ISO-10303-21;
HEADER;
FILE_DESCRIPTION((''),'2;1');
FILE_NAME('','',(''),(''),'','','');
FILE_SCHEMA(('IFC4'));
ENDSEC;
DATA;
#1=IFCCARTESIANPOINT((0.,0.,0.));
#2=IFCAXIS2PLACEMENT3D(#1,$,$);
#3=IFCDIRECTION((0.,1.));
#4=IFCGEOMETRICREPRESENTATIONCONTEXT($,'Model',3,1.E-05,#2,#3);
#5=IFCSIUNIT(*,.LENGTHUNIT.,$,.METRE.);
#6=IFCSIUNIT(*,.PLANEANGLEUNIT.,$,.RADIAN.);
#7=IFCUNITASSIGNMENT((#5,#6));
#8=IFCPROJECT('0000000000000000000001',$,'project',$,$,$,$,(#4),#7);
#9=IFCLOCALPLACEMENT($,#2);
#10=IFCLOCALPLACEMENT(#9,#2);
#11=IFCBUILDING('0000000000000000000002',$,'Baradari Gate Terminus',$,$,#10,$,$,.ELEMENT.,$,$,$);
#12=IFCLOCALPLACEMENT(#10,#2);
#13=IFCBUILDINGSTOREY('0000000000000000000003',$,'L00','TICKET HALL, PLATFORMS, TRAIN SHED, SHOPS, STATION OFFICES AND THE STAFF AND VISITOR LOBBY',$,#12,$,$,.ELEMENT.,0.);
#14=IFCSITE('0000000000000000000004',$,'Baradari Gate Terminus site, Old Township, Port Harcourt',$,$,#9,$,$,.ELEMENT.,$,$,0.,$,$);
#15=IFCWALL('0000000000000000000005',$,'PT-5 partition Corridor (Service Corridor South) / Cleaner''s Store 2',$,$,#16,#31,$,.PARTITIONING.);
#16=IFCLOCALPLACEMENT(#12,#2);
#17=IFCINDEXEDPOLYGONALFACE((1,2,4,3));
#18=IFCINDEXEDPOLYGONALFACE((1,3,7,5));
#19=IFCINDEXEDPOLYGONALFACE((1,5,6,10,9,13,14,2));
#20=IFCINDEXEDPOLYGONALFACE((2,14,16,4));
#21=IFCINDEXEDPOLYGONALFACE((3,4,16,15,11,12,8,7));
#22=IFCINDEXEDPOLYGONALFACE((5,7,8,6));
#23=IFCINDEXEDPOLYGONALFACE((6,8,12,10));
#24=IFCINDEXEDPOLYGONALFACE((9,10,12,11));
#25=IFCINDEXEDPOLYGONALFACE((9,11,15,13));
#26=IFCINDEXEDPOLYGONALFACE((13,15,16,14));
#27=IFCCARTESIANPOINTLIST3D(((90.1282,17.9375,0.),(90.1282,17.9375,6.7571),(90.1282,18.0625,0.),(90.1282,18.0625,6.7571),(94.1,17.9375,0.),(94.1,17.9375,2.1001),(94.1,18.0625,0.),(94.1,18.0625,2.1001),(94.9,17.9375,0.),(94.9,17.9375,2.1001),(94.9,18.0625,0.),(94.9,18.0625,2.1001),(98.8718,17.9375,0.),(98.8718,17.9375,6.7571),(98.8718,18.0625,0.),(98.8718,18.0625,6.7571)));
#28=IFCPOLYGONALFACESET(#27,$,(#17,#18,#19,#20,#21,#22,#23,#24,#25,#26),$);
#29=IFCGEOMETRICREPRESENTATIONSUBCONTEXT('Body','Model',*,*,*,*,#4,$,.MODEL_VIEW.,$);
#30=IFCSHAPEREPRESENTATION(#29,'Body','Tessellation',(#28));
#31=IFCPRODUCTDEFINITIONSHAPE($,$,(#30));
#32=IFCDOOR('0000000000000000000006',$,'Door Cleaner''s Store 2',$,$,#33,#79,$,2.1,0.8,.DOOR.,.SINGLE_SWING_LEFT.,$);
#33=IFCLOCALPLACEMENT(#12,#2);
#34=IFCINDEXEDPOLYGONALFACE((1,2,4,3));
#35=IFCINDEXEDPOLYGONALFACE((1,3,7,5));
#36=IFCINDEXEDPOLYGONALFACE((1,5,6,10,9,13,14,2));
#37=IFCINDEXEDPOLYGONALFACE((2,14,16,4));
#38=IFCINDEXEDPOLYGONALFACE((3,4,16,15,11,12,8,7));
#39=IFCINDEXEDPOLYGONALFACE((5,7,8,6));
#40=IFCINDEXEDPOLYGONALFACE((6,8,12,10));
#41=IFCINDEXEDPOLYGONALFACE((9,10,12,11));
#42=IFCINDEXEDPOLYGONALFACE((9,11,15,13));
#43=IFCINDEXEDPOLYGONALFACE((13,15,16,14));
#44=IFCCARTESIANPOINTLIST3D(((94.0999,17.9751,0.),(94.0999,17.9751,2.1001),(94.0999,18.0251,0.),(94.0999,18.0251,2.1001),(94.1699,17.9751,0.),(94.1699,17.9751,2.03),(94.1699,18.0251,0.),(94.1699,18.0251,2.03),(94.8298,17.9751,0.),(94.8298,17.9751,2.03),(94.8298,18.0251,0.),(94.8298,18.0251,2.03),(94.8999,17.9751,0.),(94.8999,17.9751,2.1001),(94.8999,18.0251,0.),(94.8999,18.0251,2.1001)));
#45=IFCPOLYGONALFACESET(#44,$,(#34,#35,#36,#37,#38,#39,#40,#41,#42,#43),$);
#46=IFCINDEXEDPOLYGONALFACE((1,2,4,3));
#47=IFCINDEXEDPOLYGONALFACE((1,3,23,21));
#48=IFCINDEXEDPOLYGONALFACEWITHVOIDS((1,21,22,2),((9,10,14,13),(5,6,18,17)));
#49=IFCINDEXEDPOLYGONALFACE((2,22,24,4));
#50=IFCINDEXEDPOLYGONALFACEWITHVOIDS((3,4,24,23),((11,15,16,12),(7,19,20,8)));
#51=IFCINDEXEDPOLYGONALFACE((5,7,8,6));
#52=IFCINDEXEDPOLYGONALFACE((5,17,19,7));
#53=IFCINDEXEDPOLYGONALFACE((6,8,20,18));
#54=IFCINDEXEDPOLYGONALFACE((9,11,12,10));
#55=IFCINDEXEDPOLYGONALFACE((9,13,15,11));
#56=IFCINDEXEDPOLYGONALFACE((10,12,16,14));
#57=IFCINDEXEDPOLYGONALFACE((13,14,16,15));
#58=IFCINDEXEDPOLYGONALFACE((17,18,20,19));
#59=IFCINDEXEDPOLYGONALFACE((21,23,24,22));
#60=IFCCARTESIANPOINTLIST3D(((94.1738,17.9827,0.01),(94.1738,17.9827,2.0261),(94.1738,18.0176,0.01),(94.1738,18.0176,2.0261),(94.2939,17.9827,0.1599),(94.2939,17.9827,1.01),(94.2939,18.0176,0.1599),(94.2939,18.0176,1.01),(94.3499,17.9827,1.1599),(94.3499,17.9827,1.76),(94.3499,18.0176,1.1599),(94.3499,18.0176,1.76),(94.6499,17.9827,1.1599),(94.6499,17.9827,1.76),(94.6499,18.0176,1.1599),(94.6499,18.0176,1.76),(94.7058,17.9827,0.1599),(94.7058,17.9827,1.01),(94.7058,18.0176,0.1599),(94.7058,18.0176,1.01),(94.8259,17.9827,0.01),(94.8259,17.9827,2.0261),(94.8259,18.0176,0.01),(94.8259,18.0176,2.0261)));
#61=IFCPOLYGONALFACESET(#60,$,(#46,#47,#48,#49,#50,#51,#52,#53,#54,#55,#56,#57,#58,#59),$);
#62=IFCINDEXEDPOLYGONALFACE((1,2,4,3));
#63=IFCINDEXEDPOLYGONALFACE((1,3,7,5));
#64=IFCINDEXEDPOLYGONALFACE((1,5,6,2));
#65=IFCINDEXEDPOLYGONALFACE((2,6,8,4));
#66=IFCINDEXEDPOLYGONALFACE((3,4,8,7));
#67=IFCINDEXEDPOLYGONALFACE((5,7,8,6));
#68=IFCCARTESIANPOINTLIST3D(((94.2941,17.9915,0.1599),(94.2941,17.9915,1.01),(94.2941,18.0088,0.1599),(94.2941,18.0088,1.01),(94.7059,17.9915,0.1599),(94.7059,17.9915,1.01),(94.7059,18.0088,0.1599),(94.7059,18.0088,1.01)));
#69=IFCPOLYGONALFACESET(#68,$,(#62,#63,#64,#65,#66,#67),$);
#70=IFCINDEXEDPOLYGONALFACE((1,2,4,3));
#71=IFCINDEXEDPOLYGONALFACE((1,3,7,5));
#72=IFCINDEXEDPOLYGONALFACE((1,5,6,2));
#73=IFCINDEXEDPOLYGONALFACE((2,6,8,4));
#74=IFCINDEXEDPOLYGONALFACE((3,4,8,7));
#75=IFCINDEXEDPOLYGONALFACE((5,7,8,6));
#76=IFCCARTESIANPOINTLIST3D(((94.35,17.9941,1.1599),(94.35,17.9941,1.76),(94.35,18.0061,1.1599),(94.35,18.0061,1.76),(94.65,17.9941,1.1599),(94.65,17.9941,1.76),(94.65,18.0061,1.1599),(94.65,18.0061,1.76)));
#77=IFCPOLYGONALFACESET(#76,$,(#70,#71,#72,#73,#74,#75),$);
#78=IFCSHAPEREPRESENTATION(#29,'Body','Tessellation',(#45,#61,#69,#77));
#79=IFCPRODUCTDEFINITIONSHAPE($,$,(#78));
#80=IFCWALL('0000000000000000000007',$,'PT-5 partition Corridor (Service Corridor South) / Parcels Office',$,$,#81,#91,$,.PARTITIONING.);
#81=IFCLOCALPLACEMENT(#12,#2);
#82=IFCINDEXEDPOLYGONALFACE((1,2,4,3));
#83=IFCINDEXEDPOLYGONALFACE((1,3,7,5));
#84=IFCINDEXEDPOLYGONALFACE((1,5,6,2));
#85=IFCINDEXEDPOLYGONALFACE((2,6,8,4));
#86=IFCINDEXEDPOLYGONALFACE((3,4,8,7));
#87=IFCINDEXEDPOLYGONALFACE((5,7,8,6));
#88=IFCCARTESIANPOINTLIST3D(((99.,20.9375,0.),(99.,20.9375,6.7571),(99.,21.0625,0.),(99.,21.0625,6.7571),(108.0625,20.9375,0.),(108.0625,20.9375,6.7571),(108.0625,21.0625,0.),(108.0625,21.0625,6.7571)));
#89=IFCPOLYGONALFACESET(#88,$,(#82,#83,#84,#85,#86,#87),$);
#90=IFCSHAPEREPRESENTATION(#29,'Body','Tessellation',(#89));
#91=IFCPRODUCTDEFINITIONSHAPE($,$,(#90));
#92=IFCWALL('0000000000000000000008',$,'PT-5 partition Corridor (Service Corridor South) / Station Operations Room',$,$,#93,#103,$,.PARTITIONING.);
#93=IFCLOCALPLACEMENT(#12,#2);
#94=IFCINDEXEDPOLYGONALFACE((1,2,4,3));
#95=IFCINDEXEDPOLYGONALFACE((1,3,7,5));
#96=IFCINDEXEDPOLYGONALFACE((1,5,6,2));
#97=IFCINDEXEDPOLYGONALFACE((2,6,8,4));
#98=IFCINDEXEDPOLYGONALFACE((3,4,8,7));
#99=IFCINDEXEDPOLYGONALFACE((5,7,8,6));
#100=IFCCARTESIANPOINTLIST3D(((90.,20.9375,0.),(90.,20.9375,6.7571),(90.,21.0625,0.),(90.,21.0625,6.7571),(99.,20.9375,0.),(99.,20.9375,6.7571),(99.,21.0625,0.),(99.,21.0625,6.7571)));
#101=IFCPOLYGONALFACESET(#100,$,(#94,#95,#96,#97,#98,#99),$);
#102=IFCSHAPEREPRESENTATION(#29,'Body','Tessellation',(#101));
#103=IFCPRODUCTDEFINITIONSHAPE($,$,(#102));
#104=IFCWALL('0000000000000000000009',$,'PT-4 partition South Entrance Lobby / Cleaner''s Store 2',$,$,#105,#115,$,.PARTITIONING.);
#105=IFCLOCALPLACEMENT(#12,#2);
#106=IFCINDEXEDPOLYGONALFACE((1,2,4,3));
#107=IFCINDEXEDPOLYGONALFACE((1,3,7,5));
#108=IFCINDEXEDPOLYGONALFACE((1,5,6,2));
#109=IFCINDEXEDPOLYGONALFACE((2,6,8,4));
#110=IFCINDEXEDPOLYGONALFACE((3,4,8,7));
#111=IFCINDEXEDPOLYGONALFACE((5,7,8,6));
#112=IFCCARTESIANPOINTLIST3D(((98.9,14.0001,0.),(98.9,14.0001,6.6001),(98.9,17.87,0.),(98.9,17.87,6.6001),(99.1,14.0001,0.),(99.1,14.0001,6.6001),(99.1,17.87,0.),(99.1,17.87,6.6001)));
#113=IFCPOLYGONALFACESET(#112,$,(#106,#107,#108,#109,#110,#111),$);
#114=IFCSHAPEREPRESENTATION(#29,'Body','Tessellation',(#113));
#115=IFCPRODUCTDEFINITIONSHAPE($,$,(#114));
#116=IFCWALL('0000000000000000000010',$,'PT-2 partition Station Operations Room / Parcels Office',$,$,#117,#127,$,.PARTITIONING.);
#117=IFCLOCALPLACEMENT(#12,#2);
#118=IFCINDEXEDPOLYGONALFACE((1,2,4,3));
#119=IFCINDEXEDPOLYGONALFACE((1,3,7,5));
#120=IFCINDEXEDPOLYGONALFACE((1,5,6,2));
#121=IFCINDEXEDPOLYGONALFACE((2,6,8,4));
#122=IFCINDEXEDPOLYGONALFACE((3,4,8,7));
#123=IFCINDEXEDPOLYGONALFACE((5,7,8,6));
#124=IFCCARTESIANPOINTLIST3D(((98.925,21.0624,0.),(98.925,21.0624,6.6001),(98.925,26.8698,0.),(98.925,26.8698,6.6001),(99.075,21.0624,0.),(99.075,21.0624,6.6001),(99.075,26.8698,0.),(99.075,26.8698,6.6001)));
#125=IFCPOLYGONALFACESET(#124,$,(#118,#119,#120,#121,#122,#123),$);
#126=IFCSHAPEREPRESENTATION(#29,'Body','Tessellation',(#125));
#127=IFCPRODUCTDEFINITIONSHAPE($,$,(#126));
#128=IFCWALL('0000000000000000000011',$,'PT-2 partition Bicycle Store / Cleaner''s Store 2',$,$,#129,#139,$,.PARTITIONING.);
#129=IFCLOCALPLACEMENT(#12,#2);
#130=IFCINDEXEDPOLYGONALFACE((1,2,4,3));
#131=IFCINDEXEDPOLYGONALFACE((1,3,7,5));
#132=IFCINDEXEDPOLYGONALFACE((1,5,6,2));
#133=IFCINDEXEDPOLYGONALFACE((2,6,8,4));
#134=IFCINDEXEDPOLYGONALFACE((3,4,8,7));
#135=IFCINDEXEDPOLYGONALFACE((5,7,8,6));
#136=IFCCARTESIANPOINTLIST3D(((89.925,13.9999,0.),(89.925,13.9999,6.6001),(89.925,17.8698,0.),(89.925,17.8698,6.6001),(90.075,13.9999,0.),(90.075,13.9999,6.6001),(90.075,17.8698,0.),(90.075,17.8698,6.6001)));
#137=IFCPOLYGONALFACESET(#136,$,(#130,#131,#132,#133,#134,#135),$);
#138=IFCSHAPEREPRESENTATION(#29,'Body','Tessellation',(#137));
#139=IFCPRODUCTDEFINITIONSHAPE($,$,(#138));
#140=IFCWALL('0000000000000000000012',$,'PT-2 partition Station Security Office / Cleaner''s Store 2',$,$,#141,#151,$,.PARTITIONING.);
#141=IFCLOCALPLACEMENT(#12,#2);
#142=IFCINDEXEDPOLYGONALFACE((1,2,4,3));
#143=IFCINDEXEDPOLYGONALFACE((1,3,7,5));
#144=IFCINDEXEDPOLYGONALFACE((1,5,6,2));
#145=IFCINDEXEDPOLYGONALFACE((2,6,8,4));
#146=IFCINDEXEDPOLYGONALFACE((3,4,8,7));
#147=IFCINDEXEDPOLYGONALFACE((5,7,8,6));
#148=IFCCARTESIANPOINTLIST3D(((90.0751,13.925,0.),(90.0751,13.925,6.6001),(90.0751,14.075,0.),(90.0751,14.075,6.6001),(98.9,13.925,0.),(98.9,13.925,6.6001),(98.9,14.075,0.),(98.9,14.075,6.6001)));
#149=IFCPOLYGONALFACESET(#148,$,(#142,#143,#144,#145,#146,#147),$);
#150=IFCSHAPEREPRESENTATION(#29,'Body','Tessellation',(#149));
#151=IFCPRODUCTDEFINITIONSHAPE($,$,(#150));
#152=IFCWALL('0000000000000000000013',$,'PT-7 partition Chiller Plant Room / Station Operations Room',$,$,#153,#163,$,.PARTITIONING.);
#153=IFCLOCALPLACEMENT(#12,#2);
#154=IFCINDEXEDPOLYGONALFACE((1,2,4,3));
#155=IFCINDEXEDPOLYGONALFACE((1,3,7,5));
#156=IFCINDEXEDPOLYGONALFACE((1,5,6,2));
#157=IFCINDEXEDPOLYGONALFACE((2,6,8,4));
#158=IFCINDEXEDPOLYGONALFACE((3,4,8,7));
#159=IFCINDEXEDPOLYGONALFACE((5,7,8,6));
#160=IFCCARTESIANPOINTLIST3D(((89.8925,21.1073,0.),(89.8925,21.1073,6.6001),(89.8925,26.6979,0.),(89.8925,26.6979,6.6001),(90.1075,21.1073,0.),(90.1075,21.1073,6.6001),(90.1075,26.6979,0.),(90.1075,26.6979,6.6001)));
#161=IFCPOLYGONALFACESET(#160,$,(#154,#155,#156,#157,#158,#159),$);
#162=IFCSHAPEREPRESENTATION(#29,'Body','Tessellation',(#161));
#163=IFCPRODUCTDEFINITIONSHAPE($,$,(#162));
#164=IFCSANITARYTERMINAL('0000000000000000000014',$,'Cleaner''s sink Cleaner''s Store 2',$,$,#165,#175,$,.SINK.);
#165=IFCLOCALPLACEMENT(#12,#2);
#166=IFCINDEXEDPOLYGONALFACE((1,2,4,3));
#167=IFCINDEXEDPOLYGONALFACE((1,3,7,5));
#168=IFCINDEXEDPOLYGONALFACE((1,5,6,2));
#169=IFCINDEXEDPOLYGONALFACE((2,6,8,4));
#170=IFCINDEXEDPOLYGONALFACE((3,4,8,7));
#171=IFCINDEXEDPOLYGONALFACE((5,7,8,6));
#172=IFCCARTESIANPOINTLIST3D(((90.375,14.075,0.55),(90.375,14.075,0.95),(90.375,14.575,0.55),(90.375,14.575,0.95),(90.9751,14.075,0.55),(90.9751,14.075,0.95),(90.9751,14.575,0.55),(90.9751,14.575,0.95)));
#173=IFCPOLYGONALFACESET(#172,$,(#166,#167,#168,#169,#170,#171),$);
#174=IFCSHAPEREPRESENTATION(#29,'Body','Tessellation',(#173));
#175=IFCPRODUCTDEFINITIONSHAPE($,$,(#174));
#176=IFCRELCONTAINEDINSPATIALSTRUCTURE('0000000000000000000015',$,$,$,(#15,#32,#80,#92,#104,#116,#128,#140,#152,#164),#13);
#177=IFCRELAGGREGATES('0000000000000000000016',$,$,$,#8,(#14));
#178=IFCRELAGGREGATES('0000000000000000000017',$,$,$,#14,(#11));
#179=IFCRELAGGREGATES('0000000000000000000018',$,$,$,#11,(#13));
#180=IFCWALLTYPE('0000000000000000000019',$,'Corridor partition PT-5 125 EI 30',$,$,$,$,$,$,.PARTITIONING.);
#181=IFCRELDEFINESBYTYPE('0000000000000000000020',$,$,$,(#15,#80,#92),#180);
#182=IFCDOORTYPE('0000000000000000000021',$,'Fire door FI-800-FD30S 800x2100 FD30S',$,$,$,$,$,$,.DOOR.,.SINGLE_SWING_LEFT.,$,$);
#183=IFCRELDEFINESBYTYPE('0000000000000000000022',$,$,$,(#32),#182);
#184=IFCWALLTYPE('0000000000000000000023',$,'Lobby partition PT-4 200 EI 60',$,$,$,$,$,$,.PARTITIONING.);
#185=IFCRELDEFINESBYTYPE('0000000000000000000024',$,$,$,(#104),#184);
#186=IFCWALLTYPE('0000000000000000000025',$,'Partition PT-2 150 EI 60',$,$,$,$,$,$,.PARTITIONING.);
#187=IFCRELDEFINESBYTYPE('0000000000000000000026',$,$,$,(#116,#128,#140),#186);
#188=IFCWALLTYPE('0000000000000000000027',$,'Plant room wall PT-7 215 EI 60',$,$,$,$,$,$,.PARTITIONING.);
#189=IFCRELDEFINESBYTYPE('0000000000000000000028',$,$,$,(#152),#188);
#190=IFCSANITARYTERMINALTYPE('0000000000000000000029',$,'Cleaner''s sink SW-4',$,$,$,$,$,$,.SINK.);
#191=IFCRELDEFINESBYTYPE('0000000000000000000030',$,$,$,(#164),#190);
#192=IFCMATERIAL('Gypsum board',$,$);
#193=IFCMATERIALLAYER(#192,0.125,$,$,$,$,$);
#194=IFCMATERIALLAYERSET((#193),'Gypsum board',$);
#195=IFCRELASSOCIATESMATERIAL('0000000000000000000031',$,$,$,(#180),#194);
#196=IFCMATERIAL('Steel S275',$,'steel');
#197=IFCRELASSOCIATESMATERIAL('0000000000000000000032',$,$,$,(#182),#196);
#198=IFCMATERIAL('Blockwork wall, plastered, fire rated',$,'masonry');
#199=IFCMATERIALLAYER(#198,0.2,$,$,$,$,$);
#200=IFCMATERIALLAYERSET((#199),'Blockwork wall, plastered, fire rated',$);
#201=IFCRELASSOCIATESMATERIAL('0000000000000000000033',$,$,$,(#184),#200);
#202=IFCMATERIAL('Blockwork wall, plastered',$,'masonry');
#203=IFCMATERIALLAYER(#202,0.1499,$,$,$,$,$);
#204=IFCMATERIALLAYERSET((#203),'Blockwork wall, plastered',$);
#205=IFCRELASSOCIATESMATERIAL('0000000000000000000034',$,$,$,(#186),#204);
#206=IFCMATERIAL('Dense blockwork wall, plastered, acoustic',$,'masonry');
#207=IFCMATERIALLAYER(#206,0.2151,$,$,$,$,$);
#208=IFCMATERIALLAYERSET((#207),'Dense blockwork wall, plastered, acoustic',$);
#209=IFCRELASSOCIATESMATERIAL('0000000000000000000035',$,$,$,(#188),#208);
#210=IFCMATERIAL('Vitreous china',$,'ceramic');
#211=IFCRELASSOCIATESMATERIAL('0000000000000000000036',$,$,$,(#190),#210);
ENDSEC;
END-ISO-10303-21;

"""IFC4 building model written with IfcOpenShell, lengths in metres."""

from ifc_helpers import new_model, si_unit, direction, frame, frame_2d, origin, origin_2d, place, context, subcontext, project, spatial, polyline, rectangle, outline, extrude, material, layer, layer_set, type_object, element, fill, save


model = new_model("IFC4")

# Units and contexts
model_context = context("Model", 3, precision=1e-05, world=origin(), true_north=direction((0.0, 1.0)))
body_context = subcontext(model_context, "Body", "Model", "MODEL_VIEW")
ifc_project = project(units=[si_unit("LENGTHUNIT", "METRE"), si_unit("PLANEANGLEUNIT", "RADIAN")], contexts=[model_context])

# Site, building, storey
site_placement = place(None, origin())
site = spatial("IfcSite", under=ifc_project, at=site_placement, Name="Baradari Gate Terminus site, Old Township, Port Harcourt", CompositionType="ELEMENT", RefElevation=0.0)
building_placement = place(site_placement, origin())
building = spatial("IfcBuilding", under=site, at=building_placement, Name="Baradari Gate Terminus", CompositionType="ELEMENT")
storey_placement = place(building_placement, origin())
storey = spatial("IfcBuildingStorey", under=building, at=storey_placement, Name="L00", Description="TICKET HALL, PLATFORMS, TRAIN SHED, SHOPS, STATION OFFICES AND THE STAFF AND VISITOR LOBBY", CompositionType="ELEMENT", Elevation=0.0)

# Wall, opening, door
ifc_material_1 = material(Name="Gypsum board")
ifc_layer_1 = layer(ifc_material_1, 0.125)
ifc_layer_set_1 = layer_set([ifc_layer_1], Name="Gypsum board")
wall_type_1 = type_object("IfcWallType", Name="Corridor partition PT-5 125 EI 30", PredefinedType="PARTITIONING", material=ifc_layer_set_1)
wall_1_placement = place(storey_placement, frame((98.8718, 18.0, 0.0), z_axis=(0.0, 0.0, 1.0), x_axis=(-1.0, 0.0, 0.0)))
wall_1 = element("IfcWall", 1, at=wall_1_placement, inside=storey, type_object=wall_type_1, Name="PT-5 partition Corridor (Service Corridor South) / Cleaner's Store 2", PredefinedType="PARTITIONING", context=body_context, shape_type="SweptSolid", body=[
    extrude(rectangle(XDim=8.7437, YDim=0.125, at=frame_2d((4.3718, 0.0))), origin(), (0.0, 0.0, 1.0), 6.7571),
])
opening_placement = place(wall_1_placement, frame((3.9719, 0.0, 0.0)))
opening = element("IfcOpeningElement", 2, at=opening_placement, cuts=wall_1, PredefinedType="OPENING", context=body_context, shape_type="SweptSolid", body=[
    extrude(rectangle(XDim=0.8, YDim=2.1001, at=frame_2d((0.3999, 1.05))), frame((0.0, 0.0725, 0.0), z_axis=(0.0, -1.0, 0.0), x_axis=(1.0, 0.0, 0.0)), (0.0, 0.0, 1.0), 0.145),
])
ifc_material_2 = material(Name="Steel S275", Category="steel")
door_type = type_object("IfcDoorType", Name="Fire door FI-800-FD30S 800x2100 FD30S", OperationType="SINGLE_SWING_LEFT", PredefinedType="DOOR", material=ifc_material_2)
door_placement = place(opening_placement, origin())
door = element("IfcDoor", 3, at=door_placement, inside=storey, type_object=door_type, Name="Door Cleaner's Store 2", OperationType="SINGLE_SWING_LEFT", OverallHeight=2.1, OverallWidth=0.8, PredefinedType="DOOR", context=body_context, shape_type="SweptSolid", body=[
    extrude(outline(polyline([(0.0, 0.0), (0.0701, 0.0), (0.0701, 2.03), (0.73, 2.03), (0.73, 0.0), (0.8, 0.0), (0.8, 2.1001), (0.0, 2.1001), (0.0, 0.0)])), frame((0.0, 0.0249, 0.0), z_axis=(0.0, -1.0, 0.0), x_axis=(1.0, 0.0, 0.0)), (0.0, 0.0, 1.0), 0.05),
    extrude(outline(polyline([(0.074, 0.01), (0.7261, 0.01), (0.7261, 2.0261), (0.074, 2.0261), (0.074, 0.01)]), holes=[polyline([(0.1941, 0.1599), (0.606, 0.1599), (0.606, 1.01), (0.1941, 1.01), (0.1941, 0.1599)]), polyline([(0.25, 1.1599), (0.55, 1.1599), (0.55, 1.76), (0.25, 1.76), (0.25, 1.1599)])]), frame((0.0, 0.0173, 0.0), z_axis=(0.0, -1.0, 0.0), x_axis=(1.0, 0.0, 0.0)), (0.0, 0.0, 1.0), 0.0349),
    extrude(rectangle(XDim=0.4119, YDim=0.8501, at=frame_2d((0.3999, 0.585))), frame((0.0, 0.0085, 0.0), z_axis=(0.0, -1.0, 0.0), x_axis=(1.0, 0.0, 0.0)), (0.0, 0.0, 1.0), 0.0173),
    extrude(rectangle(XDim=0.3, YDim=0.6001, at=frame_2d((0.3999, 1.46))), frame((0.0, 0.0059, 0.0), z_axis=(0.0, -1.0, 0.0), x_axis=(1.0, 0.0, 0.0)), (0.0, 0.0, 1.0), 0.012),
])
fill(opening, door)

# Walls
wall_2_placement = place(storey_placement, frame((99.0, 21.0, 0.0), z_axis=(0.0, 0.0, 1.0), x_axis=(1.0, 0.0, 0.0)))
element("IfcWall", 4, at=wall_2_placement, inside=storey, type_object=wall_type_1, Name="PT-5 partition Corridor (Service Corridor South) / Parcels Office", PredefinedType="PARTITIONING", context=body_context, shape_type="SweptSolid", body=[
    extrude(rectangle(XDim=9.0625, YDim=0.125, at=frame_2d((4.5312, 0.0))), origin(), (0.0, 0.0, 1.0), 6.7571),
])
wall_3_placement = place(storey_placement, frame((90.0, 21.0, 0.0), z_axis=(0.0, 0.0, 1.0), x_axis=(1.0, 0.0, 0.0)))
element("IfcWall", 5, at=wall_3_placement, inside=storey, type_object=wall_type_1, Name="PT-5 partition Corridor (Service Corridor South) / Station Operations Room", PredefinedType="PARTITIONING", context=body_context, shape_type="SweptSolid", body=[
    extrude(rectangle(XDim=9.0, YDim=0.125, at=frame_2d((4.5, 0.0))), origin(), (0.0, 0.0, 1.0), 6.7571),
])
ifc_material_3 = material(Name="Blockwork wall, plastered, fire rated", Category="masonry")
ifc_layer_2 = layer(ifc_material_3, 0.2)
ifc_layer_set_2 = layer_set([ifc_layer_2], Name="Blockwork wall, plastered, fire rated")
wall_type_2 = type_object("IfcWallType", Name="Lobby partition PT-4 200 EI 60", PredefinedType="PARTITIONING", material=ifc_layer_set_2)
wall_4_placement = place(storey_placement, frame((99.0, 14.0, 0.0), z_axis=(0.0, 0.0, 1.0), x_axis=(0.0, 1.0, 0.0)))
element("IfcWall", 6, at=wall_4_placement, inside=storey, type_object=wall_type_2, Name="PT-4 partition South Entrance Lobby / Cleaner's Store 2", PredefinedType="PARTITIONING", context=body_context, shape_type="SweptSolid", body=[
    extrude(rectangle(XDim=3.8699, YDim=0.2, at=frame_2d((1.9351, 0.0))), origin(), (0.0, 0.0, 1.0), 6.6001),
])
ifc_material_4 = material(Name="Blockwork wall, plastered", Category="masonry")
ifc_layer_3 = layer(ifc_material_4, 0.1499)
ifc_layer_set_3 = layer_set([ifc_layer_3], Name="Blockwork wall, plastered")
wall_type_3 = type_object("IfcWallType", Name="Partition PT-2 150 EI 60", PredefinedType="PARTITIONING", material=ifc_layer_set_3)
wall_5_placement = place(storey_placement, frame((99.0, 26.8699, 0.0), z_axis=(0.0, 0.0, 1.0), x_axis=(0.0, -1.0, 0.0)))
element("IfcWall", 7, at=wall_5_placement, inside=storey, type_object=wall_type_3, Name="PT-2 partition Station Operations Room / Parcels Office", PredefinedType="PARTITIONING", context=body_context, shape_type="SweptSolid", body=[
    extrude(rectangle(XDim=5.8074, YDim=0.1499, at=frame_2d((2.9038, 0.0))), origin(), (0.0, 0.0, 1.0), 6.6001),
])
wall_6_placement = place(storey_placement, frame((90.0, 17.8699, 0.0), z_axis=(0.0, 0.0, 1.0), x_axis=(0.0, -1.0, 0.0)))
element("IfcWall", 8, at=wall_6_placement, inside=storey, type_object=wall_type_3, Name="PT-2 partition Bicycle Store / Cleaner's Store 2", PredefinedType="PARTITIONING", context=body_context, shape_type="SweptSolid", body=[
    extrude(rectangle(XDim=3.8699, YDim=0.1499, at=frame_2d((1.9351, 0.0))), origin(), (0.0, 0.0, 1.0), 6.6001),
])
wall_7_placement = place(storey_placement, frame((90.075, 14.0, 0.0), z_axis=(0.0, 0.0, 1.0), x_axis=(1.0, 0.0, 0.0)))
element("IfcWall", 9, at=wall_7_placement, inside=storey, type_object=wall_type_3, Name="PT-2 partition Station Security Office / Cleaner's Store 2", PredefinedType="PARTITIONING", context=body_context, shape_type="SweptSolid", body=[
    extrude(rectangle(XDim=8.825, YDim=0.1499, at=frame_2d((4.4126, 0.0))), origin(), (0.0, 0.0, 1.0), 6.6001),
])
ifc_material_5 = material(Name="Dense blockwork wall, plastered, acoustic", Category="masonry")
ifc_layer_4 = layer(ifc_material_5, 0.2151)
ifc_layer_set_4 = layer_set([ifc_layer_4], Name="Dense blockwork wall, plastered, acoustic")
wall_type_4 = type_object("IfcWallType", Name="Plant room wall PT-7 215 EI 60", PredefinedType="PARTITIONING", material=ifc_layer_set_4)
wall_8_placement = place(storey_placement, frame((90.0, 26.698, 0.0), z_axis=(0.0, 0.0, 1.0), x_axis=(0.0, -1.0, 0.0)))
element("IfcWall", 10, at=wall_8_placement, inside=storey, type_object=wall_type_4, Name="PT-7 partition Chiller Plant Room / Station Operations Room", PredefinedType="PARTITIONING", context=body_context, shape_type="SweptSolid", body=[
    extrude(rectangle(XDim=5.5906, YDim=0.2151, at=frame_2d((2.7954, 0.0))), origin(), (0.0, 0.0, 1.0), 6.6001),
])

# Sanitary terminal
ifc_material_6 = material(Name="Vitreous china", Category="ceramic")
sanitary_terminal_type = type_object("IfcSanitaryTerminalType", Name="Cleaner's sink SW-4", PredefinedType="SINK", material=ifc_material_6)
sanitary_terminal_placement = place(storey_placement, frame((90.675, 14.325, 0.55), z_axis=(0.0, 0.0, 1.0), x_axis=(1.0, 0.0, 0.0)))
element("IfcSanitaryTerminal", 11, at=sanitary_terminal_placement, inside=storey, type_object=sanitary_terminal_type, Name="Cleaner's sink Cleaner's Store 2", PredefinedType="SINK", context=body_context, shape_type="SweptSolid", body=[
    extrude(rectangle(XDim=0.6001, YDim=0.5, at=origin_2d()), origin(), (0.0, 0.0, 1.0), 0.3999),
])

save(model, "model.ifc")
